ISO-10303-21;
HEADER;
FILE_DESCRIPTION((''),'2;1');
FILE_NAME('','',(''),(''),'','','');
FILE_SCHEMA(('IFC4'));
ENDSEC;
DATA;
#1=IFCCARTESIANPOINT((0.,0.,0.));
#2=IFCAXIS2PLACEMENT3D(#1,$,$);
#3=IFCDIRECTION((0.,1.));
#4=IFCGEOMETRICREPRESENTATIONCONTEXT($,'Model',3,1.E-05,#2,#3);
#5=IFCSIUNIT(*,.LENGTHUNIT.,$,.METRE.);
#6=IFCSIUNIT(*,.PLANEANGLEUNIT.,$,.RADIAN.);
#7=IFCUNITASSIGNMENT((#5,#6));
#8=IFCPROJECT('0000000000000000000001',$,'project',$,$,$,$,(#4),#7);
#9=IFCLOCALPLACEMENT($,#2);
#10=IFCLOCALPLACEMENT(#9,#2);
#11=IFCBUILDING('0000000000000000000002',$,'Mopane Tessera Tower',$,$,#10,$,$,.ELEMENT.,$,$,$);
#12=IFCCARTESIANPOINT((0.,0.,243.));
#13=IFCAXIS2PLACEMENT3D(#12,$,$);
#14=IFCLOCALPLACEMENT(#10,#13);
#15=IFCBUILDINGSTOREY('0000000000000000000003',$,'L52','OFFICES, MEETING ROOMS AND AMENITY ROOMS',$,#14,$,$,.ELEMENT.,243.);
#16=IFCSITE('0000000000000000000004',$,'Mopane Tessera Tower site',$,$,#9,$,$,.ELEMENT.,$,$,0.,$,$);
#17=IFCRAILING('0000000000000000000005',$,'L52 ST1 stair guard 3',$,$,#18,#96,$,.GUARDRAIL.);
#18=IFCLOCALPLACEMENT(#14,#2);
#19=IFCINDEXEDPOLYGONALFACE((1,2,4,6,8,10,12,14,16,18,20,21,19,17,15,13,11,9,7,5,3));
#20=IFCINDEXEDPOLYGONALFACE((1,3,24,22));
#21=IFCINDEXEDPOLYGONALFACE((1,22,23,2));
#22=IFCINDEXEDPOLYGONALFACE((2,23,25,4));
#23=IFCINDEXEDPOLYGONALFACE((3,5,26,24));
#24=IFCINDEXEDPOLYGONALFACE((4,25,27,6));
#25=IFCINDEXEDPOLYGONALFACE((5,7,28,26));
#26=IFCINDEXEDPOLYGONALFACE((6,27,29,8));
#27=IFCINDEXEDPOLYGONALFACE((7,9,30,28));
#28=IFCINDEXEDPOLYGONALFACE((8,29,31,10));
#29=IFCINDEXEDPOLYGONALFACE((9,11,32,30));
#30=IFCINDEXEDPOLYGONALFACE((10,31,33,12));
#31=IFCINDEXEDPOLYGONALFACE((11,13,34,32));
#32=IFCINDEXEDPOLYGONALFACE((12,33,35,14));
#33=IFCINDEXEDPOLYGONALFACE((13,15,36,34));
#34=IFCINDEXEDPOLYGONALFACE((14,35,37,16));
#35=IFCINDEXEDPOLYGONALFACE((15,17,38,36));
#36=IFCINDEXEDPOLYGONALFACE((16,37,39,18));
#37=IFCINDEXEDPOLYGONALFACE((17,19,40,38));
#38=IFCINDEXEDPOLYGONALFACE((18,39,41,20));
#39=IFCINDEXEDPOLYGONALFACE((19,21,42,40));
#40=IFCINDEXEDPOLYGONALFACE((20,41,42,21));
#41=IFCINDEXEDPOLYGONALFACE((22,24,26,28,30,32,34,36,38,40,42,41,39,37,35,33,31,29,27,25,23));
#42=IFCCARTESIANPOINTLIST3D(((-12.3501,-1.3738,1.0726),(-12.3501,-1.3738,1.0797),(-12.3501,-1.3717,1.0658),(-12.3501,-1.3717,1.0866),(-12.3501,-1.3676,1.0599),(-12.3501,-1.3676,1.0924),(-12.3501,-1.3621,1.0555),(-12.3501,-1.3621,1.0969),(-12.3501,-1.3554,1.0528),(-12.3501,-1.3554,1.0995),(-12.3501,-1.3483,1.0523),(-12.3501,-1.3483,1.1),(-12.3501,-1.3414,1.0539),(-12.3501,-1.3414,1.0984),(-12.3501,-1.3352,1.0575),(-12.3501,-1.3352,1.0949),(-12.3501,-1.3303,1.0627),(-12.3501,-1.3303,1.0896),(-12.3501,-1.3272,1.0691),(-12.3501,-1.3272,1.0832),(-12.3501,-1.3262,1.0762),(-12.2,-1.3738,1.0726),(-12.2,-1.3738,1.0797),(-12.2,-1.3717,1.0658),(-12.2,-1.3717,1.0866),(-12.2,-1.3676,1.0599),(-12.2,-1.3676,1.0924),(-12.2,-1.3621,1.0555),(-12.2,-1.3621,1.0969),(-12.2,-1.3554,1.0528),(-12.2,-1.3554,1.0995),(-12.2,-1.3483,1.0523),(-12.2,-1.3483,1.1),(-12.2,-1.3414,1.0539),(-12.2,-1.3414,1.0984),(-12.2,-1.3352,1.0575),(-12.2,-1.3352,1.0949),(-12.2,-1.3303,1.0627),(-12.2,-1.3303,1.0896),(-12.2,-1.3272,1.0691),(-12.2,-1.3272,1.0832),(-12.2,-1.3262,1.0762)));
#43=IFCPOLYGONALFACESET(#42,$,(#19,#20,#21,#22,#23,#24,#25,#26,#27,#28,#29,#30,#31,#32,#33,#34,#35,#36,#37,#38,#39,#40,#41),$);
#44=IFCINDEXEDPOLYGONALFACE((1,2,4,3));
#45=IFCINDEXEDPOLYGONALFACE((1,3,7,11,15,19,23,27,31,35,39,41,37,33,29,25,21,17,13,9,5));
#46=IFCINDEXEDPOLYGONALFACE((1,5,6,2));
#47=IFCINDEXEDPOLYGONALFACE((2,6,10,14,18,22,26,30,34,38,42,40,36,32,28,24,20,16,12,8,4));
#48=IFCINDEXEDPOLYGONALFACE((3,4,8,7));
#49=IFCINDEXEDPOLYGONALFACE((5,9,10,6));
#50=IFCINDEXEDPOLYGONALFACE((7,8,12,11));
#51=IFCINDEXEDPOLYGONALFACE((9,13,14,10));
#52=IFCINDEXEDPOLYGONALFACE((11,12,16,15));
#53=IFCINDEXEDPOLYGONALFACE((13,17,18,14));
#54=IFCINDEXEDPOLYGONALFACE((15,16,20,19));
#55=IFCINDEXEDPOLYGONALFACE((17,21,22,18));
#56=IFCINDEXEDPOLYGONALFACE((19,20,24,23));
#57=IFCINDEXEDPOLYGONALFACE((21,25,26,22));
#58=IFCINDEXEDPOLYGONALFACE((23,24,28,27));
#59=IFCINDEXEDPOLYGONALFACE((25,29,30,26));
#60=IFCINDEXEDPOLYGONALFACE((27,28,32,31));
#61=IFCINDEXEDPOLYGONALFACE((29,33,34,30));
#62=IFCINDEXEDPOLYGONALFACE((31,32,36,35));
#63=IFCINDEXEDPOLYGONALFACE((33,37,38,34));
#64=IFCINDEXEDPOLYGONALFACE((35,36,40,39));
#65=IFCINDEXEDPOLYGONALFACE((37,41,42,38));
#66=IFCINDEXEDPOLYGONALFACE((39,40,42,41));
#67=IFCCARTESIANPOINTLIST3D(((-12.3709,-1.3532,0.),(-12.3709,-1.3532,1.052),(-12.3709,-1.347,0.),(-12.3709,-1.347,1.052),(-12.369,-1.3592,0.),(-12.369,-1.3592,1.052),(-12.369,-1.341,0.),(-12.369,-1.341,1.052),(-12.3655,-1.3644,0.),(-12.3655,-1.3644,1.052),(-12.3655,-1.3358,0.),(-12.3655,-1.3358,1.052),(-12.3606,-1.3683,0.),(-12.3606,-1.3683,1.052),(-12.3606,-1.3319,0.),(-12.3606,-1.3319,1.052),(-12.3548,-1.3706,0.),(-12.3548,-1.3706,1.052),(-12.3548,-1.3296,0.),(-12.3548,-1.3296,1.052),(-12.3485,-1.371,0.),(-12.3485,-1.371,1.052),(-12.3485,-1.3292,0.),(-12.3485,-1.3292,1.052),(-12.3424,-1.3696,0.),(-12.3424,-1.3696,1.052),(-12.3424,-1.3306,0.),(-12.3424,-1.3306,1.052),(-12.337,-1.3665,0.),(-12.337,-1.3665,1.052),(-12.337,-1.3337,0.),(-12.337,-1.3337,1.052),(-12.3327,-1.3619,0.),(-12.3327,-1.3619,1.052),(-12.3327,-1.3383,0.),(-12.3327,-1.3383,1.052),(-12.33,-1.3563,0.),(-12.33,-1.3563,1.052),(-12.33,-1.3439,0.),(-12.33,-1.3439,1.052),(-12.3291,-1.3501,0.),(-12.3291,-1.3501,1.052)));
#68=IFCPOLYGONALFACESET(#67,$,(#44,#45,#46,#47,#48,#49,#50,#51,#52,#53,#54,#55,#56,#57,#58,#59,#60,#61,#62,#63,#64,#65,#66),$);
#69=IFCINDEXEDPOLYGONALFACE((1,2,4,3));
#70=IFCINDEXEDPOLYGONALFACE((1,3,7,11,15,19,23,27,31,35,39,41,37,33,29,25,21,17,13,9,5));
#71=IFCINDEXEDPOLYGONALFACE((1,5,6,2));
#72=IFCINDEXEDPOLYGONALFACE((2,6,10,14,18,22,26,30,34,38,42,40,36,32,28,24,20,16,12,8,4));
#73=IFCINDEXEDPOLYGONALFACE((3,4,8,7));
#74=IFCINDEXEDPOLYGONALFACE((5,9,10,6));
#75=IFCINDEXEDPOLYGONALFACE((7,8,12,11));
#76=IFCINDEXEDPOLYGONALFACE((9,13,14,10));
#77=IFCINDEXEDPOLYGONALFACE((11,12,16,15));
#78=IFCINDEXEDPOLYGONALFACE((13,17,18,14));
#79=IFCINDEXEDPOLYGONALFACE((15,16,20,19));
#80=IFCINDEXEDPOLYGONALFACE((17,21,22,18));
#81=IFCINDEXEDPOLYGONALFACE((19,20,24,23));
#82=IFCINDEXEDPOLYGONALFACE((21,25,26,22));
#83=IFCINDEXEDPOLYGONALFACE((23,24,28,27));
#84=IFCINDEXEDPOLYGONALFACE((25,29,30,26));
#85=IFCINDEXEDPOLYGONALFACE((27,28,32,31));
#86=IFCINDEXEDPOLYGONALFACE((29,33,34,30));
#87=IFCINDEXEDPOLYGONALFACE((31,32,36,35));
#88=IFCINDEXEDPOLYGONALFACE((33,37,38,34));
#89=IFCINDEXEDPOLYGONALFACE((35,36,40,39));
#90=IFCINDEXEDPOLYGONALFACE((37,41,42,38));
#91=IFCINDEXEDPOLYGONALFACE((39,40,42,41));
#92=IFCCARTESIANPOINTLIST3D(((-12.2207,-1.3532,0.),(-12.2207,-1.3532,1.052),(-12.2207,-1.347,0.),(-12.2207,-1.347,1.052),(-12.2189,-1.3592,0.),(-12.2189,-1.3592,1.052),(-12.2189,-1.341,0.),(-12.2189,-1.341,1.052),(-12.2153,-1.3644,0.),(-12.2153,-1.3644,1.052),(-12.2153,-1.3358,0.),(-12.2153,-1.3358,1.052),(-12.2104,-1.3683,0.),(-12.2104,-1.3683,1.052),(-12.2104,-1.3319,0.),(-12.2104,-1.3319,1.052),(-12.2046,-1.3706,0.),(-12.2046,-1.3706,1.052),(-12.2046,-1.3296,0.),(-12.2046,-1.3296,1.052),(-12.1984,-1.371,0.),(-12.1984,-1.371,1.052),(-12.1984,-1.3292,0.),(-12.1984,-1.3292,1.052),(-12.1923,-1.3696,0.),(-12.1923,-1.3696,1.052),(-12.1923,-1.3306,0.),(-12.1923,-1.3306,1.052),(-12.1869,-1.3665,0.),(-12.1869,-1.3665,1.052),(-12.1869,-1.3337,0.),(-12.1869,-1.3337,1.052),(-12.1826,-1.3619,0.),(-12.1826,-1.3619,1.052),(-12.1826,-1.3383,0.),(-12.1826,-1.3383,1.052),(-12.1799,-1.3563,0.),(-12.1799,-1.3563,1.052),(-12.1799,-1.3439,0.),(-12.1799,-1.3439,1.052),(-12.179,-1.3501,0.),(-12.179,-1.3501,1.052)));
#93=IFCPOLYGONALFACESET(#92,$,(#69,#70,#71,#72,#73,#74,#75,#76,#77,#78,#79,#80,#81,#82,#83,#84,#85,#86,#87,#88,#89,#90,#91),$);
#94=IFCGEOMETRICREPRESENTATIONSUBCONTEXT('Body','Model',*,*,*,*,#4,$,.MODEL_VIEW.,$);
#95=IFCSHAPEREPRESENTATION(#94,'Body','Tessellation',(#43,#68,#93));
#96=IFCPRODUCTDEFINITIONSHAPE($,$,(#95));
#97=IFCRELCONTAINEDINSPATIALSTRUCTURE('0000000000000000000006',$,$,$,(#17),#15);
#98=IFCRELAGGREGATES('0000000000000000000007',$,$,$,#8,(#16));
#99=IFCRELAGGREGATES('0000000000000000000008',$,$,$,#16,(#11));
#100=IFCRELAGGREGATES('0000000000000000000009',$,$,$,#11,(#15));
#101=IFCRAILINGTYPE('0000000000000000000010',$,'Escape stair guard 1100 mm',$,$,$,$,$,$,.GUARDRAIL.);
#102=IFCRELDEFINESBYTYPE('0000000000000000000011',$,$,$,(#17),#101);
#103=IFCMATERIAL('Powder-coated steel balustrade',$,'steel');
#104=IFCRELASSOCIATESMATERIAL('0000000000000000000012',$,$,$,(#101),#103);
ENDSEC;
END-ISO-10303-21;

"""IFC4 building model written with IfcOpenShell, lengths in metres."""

from ifc_helpers import new_model, si_unit, direction, frame, origin, origin_2d, place, context, subcontext, project, spatial, circle, extrude, material, type_object, element, save


model = new_model("IFC4")

# Units and contexts
model_context = context("Model", 3, precision=1e-05, world=origin(), true_north=direction((0.0, 1.0)))
body_context = subcontext(model_context, "Body", "Model", "MODEL_VIEW")
ifc_project = project(units=[si_unit("LENGTHUNIT", "METRE"), si_unit("PLANEANGLEUNIT", "RADIAN")], contexts=[model_context])

# Site, building, storey
site_placement = place(None, origin())
site = spatial("IfcSite", under=ifc_project, at=site_placement, Name="Mopane Tessera Tower site", CompositionType="ELEMENT", RefElevation=0.0)
building_placement = place(site_placement, origin())
building = spatial("IfcBuilding", under=site, at=building_placement, Name="Mopane Tessera Tower", CompositionType="ELEMENT")
storey_placement = place(building_placement, frame((0.0, 0.0, 243.0)))
storey = spatial("IfcBuildingStorey", under=building, at=storey_placement, Name="L52", Description="OFFICES, MEETING ROOMS AND AMENITY ROOMS", CompositionType="ELEMENT", Elevation=243.0)

# Railing
ifc_material_1 = material(Name="Powder-coated steel balustrade", Category="steel")
railing_type_1 = type_object("IfcRailingType", Name="Escape stair guard 1100 mm", PredefinedType="GUARDRAIL", material=ifc_material_1)
railing_1_placement = place(storey_placement, frame((-12.3501, -1.3501, 0.0)))
element("IfcRailing", 1, at=railing_1_placement, inside=storey, type_object=railing_type_1, Name="L52 ST1 stair guard 3", PredefinedType="GUARDRAIL", context=body_context, shape_type="SweptSolid", body=[
    extrude(circle(Radius=0.0239, at=origin_2d()), frame((0.0, 0.0, 1.0762), z_axis=(1.0, 0.0, 0.0), x_axis=(0.0, 1.0, 0.0)), (0.0, 0.0, 1.0), 0.1501),
    extrude(circle(Radius=0.021, at=origin_2d()), origin(), (0.0, 0.0, 1.0), 1.052),
    extrude(circle(Radius=0.021, at=origin_2d()), frame((0.1501, 0.0, 0.0)), (0.0, 0.0, 1.0), 1.052),
])

save(model, "model.ifc")
